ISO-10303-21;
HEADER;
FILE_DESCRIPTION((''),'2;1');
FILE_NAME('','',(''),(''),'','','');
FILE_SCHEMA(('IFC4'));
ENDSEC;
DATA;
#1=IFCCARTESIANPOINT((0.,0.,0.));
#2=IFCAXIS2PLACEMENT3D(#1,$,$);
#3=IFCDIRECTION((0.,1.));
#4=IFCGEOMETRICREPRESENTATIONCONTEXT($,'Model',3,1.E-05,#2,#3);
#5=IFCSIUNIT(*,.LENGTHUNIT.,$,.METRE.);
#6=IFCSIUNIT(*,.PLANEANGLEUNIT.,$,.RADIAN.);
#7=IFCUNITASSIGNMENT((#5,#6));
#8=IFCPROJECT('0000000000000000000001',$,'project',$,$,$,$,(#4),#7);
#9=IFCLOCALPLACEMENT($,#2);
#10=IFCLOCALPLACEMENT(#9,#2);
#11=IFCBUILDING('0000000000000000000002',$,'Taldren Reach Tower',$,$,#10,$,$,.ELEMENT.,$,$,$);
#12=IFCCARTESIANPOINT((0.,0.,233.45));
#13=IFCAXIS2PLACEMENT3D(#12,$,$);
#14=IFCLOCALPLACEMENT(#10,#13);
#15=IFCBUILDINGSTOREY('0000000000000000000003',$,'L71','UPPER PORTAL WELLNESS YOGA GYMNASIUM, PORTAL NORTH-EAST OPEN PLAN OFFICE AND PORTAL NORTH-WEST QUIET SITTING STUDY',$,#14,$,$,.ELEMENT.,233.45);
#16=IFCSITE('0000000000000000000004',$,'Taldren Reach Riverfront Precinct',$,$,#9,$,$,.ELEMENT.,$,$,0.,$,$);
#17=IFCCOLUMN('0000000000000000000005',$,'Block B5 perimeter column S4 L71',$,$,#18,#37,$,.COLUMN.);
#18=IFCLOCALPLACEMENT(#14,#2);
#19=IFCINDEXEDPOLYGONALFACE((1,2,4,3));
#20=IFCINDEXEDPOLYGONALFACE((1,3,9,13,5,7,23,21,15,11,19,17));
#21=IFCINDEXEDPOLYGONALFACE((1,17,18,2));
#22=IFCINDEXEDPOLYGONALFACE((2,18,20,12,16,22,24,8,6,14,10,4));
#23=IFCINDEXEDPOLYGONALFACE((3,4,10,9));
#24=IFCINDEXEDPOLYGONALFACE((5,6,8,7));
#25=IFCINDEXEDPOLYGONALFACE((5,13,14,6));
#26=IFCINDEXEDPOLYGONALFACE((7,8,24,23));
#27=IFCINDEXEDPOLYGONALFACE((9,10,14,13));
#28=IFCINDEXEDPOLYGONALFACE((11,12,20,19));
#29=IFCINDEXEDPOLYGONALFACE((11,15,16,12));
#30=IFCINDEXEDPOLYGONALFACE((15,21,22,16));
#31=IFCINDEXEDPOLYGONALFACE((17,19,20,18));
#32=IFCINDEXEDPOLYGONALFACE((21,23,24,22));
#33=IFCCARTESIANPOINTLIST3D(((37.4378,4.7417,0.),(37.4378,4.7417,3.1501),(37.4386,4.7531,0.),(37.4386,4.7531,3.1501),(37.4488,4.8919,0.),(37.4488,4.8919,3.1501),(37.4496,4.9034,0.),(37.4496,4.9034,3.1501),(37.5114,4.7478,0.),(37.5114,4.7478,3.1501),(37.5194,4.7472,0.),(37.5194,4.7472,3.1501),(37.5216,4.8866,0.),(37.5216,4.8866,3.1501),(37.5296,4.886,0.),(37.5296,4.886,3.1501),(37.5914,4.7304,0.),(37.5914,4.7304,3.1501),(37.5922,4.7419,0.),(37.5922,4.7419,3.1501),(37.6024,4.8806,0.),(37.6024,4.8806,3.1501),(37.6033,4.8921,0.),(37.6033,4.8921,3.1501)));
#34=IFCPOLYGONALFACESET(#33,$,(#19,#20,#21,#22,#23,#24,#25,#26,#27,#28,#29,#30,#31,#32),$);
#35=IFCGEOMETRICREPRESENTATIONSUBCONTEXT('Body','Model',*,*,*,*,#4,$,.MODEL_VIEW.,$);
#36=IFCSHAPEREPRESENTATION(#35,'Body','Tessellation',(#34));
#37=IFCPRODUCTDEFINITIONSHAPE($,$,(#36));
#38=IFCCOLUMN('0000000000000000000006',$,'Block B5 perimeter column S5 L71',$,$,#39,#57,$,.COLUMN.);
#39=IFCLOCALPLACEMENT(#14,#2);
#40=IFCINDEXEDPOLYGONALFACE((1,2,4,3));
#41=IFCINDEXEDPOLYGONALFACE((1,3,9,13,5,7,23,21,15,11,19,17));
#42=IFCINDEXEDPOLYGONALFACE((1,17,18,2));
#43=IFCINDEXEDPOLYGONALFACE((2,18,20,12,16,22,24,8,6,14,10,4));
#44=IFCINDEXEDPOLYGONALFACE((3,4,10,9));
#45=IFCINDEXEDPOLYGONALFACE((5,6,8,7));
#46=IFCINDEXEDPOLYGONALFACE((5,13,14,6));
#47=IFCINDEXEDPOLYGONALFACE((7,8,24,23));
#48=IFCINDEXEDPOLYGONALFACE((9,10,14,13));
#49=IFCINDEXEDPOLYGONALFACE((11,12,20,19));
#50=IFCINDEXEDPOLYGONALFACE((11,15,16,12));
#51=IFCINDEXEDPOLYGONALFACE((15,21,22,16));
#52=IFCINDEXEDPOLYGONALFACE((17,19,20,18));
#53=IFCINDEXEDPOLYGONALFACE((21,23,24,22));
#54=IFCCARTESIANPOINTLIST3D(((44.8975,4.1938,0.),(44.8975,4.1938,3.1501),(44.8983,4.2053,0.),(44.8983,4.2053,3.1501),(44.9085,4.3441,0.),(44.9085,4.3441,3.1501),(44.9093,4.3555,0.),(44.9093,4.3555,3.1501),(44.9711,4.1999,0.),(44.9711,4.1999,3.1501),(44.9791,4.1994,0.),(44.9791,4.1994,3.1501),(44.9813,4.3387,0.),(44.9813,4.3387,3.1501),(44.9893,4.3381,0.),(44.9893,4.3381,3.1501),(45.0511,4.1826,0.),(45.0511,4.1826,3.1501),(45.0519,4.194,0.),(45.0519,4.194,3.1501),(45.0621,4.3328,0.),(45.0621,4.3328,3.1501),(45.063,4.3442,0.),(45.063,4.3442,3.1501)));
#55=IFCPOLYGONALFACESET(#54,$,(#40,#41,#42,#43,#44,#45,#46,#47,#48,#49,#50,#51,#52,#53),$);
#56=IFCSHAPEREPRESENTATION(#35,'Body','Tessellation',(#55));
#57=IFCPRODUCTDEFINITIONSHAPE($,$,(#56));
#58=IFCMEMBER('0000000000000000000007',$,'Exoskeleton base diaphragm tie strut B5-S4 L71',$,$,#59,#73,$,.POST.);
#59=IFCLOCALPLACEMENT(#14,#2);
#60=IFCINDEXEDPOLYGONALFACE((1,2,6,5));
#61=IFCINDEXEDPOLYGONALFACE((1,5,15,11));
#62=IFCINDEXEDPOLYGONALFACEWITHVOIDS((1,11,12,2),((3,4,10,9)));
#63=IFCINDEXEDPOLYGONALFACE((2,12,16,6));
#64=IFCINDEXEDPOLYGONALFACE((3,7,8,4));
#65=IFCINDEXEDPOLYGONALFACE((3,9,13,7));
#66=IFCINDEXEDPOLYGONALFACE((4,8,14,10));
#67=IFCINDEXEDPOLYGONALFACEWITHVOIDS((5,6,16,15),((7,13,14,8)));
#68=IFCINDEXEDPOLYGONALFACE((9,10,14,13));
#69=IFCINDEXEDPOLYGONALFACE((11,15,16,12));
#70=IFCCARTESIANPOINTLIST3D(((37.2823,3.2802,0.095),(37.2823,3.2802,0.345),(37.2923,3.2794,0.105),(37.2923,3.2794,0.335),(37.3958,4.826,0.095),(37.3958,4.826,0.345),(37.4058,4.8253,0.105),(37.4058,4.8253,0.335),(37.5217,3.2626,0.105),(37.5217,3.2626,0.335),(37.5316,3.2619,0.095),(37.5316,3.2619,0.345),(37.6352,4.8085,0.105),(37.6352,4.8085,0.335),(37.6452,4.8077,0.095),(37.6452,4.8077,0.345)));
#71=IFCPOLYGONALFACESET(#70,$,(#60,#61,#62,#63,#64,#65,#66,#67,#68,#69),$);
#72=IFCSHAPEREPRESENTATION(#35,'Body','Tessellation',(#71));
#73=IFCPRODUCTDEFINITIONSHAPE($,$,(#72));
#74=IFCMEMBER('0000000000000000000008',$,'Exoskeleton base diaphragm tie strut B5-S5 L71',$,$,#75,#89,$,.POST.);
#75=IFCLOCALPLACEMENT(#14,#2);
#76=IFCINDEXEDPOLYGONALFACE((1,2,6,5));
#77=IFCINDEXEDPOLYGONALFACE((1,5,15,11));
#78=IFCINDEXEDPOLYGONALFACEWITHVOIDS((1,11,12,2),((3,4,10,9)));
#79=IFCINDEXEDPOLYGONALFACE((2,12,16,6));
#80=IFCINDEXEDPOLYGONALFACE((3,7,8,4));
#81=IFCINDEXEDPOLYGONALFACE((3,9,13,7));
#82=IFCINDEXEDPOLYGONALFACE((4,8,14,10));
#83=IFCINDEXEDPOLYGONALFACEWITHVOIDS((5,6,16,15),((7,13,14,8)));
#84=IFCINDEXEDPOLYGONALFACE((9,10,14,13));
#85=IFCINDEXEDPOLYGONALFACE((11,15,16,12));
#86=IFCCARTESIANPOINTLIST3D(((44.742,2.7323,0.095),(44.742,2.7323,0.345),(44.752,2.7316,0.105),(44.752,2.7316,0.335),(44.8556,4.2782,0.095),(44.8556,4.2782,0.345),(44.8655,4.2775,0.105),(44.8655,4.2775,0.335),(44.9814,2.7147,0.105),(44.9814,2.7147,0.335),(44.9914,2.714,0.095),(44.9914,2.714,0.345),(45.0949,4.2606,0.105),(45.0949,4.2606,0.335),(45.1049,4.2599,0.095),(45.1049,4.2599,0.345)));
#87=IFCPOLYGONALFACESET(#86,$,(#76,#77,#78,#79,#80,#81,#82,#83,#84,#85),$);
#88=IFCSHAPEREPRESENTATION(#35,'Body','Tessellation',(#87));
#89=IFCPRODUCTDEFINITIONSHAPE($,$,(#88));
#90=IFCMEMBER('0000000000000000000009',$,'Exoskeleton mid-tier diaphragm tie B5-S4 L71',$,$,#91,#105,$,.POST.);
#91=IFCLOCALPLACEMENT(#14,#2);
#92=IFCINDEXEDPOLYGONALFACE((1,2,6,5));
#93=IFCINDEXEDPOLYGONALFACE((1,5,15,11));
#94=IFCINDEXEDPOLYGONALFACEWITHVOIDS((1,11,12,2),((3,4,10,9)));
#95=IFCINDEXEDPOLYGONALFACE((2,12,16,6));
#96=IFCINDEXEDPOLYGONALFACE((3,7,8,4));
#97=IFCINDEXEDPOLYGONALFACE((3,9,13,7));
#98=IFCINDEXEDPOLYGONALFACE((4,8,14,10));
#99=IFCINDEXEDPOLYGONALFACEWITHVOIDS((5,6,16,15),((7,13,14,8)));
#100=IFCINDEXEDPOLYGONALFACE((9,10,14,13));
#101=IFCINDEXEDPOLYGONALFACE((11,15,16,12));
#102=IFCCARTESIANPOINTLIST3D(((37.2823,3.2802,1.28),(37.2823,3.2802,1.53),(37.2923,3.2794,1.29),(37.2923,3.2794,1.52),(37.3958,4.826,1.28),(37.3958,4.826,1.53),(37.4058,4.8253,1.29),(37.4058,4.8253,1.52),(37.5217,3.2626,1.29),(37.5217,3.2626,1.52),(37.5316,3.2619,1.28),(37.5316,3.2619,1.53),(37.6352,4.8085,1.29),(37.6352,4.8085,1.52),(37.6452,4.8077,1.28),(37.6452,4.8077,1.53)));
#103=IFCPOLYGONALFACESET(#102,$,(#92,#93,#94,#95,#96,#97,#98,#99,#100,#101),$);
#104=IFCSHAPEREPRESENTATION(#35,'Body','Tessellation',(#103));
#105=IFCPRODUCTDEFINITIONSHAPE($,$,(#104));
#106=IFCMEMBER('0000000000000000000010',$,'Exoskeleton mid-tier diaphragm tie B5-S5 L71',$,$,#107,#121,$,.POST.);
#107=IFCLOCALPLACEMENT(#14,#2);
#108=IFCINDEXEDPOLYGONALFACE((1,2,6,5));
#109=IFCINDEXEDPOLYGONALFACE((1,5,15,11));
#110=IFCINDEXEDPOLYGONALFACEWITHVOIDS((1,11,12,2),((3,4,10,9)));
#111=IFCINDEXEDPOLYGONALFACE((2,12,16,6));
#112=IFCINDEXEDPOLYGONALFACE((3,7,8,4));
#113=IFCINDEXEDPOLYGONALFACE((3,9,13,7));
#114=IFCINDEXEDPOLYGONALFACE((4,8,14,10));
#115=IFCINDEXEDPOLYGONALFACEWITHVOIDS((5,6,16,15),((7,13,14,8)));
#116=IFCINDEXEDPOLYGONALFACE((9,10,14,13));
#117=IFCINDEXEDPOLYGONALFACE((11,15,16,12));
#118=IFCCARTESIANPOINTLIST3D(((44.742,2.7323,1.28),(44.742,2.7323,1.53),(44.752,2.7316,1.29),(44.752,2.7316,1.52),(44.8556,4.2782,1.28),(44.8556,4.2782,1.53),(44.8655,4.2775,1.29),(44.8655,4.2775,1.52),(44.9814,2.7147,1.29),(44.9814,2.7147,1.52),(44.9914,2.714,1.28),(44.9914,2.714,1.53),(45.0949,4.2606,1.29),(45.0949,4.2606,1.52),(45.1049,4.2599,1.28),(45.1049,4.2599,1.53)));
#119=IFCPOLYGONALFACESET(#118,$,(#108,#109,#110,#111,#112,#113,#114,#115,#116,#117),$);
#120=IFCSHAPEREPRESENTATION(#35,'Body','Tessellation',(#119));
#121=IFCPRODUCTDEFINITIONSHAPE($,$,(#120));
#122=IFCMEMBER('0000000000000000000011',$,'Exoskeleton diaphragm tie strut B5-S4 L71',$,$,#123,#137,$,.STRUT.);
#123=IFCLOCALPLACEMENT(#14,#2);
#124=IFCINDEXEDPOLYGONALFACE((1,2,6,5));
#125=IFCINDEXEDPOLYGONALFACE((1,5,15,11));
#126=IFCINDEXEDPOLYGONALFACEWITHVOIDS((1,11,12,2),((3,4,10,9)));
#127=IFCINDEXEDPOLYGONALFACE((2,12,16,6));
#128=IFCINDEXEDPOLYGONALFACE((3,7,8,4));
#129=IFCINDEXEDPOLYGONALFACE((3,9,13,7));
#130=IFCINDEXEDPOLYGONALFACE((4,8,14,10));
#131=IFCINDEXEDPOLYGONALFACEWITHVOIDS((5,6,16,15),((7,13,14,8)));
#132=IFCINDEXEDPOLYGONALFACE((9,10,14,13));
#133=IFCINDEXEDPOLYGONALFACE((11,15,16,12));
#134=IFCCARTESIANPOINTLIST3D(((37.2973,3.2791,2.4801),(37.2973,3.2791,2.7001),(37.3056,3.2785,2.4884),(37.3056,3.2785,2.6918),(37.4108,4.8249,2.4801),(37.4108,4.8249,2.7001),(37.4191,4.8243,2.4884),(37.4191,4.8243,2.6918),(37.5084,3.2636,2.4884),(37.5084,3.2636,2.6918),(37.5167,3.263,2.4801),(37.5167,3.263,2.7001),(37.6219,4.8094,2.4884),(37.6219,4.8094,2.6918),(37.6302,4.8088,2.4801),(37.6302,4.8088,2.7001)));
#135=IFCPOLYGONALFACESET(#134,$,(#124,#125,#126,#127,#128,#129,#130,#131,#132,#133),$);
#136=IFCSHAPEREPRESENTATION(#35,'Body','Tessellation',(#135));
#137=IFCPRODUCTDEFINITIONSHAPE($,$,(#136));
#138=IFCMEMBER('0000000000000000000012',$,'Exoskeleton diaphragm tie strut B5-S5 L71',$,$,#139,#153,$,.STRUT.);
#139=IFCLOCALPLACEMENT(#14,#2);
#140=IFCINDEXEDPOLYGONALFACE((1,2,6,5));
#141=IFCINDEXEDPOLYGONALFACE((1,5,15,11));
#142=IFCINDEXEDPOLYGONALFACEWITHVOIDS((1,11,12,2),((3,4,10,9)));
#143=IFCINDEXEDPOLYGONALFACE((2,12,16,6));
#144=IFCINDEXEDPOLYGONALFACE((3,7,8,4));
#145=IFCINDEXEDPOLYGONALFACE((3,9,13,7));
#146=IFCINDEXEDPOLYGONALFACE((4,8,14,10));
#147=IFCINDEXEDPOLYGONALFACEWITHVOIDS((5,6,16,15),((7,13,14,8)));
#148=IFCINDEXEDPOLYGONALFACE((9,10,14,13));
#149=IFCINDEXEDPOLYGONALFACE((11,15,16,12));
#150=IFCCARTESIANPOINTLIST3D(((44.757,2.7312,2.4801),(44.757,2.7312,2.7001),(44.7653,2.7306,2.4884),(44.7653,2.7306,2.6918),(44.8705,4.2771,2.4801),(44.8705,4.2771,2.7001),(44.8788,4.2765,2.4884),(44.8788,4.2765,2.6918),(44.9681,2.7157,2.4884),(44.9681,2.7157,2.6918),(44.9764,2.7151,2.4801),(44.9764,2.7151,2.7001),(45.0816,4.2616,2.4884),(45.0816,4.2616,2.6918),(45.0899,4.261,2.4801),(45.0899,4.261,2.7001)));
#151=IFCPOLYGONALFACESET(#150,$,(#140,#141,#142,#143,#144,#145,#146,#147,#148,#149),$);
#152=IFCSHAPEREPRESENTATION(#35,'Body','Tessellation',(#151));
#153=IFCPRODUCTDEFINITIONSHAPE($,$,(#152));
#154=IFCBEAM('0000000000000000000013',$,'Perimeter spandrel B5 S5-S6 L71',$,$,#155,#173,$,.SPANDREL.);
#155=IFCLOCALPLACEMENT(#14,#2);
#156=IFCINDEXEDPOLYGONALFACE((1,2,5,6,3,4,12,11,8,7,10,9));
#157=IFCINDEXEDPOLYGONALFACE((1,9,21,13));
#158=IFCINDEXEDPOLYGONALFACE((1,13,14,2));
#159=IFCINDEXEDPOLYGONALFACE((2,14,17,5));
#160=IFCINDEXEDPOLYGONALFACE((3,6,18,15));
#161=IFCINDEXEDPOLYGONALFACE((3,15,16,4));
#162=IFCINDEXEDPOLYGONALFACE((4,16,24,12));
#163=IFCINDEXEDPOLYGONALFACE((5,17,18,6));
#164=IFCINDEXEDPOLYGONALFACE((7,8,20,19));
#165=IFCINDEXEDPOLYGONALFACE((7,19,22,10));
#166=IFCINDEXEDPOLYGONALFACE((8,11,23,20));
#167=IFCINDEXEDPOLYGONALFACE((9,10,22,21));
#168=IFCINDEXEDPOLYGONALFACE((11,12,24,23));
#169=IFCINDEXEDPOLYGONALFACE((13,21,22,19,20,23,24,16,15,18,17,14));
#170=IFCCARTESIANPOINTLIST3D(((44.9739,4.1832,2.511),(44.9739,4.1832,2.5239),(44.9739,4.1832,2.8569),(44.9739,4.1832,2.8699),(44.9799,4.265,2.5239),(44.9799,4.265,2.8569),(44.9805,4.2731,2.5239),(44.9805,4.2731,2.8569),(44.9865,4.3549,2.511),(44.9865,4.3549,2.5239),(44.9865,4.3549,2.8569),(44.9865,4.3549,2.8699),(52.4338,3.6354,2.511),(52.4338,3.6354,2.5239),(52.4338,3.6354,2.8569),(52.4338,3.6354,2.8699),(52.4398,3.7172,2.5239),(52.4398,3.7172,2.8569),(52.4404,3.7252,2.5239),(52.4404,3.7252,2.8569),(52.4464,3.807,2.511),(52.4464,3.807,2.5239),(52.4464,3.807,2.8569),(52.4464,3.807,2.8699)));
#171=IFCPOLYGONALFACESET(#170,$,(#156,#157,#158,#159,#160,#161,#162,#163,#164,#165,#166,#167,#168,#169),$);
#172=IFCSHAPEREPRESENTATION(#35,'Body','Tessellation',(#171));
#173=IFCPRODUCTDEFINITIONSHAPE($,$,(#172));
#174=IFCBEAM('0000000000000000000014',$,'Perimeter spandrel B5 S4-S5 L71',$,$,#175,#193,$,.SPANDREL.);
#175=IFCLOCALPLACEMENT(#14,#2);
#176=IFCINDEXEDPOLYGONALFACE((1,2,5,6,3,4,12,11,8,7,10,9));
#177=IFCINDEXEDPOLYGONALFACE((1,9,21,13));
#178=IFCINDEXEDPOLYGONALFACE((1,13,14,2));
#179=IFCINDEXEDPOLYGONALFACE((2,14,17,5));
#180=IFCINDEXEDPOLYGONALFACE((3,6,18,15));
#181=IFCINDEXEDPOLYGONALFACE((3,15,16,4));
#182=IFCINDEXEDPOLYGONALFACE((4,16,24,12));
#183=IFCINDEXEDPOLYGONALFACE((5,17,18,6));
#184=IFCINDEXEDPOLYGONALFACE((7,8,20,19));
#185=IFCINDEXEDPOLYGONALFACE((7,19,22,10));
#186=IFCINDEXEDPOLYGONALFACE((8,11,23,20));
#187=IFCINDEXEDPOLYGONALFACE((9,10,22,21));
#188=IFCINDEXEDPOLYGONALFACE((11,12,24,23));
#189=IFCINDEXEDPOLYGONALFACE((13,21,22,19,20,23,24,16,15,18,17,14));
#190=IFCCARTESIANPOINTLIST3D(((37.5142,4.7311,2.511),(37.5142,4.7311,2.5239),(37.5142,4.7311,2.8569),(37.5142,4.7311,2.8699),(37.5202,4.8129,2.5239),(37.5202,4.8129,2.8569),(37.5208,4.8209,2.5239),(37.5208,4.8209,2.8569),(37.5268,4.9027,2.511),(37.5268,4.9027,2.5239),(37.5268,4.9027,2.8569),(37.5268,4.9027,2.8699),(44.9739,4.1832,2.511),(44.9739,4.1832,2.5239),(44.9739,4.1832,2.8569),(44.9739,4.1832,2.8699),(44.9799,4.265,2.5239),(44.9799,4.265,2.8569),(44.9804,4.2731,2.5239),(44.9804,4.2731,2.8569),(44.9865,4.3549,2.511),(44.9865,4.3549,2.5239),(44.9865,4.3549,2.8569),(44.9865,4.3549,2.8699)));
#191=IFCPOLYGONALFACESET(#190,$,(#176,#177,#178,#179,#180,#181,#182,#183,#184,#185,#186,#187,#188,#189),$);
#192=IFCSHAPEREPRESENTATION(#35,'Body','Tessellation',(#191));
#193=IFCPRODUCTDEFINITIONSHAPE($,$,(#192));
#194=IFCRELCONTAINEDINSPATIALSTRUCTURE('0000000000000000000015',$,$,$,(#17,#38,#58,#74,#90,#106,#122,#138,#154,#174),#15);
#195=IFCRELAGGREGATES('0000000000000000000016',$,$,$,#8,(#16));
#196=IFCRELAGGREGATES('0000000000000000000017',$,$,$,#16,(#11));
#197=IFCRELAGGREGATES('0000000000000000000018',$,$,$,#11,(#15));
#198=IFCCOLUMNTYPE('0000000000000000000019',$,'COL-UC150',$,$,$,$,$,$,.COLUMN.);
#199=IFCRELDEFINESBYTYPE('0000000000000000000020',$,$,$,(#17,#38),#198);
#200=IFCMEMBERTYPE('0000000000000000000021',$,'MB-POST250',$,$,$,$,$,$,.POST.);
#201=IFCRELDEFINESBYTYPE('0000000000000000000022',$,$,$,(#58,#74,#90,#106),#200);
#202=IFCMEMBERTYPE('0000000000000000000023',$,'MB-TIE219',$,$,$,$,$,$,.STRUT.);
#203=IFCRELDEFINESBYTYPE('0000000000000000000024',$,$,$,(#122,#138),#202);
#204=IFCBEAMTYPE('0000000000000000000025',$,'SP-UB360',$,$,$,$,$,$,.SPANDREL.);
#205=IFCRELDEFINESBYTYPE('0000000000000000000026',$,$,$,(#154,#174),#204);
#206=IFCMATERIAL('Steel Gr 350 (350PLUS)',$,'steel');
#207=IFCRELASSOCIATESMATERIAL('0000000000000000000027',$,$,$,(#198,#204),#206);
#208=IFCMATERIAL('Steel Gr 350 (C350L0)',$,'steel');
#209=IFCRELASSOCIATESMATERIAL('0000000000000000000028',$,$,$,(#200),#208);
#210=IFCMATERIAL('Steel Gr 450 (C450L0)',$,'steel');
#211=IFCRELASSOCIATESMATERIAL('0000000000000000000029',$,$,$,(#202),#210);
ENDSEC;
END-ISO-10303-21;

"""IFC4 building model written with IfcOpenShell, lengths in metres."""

from ifc_helpers import new_model, si_unit, direction, frame, origin, origin_2d, place, context, subcontext, project, spatial, hollow_rectangle, i_section, extrude, source, transform, mapped, material, material_profile, profile_set, type_object, element, save


model = new_model("IFC4")

# Units and contexts
model_context = context("Model", 3, precision=1e-05, world=origin(), true_north=direction((0.0, 1.0)))
body_context = subcontext(model_context, "Body", "Model", "MODEL_VIEW")
ifc_project = project(units=[si_unit("LENGTHUNIT", "METRE"), si_unit("PLANEANGLEUNIT", "RADIAN")], contexts=[model_context])

# Site, building, storey
site_placement = place(None, origin())
site = spatial("IfcSite", under=ifc_project, at=site_placement, Name="Taldren Reach Riverfront Precinct", CompositionType="ELEMENT", RefElevation=0.0)
building_placement = place(site_placement, origin())
building = spatial("IfcBuilding", under=site, at=building_placement, Name="Taldren Reach Tower", CompositionType="ELEMENT")
storey_placement = place(building_placement, frame((0.0, 0.0, 233.45)))
storey = spatial("IfcBuildingStorey", under=building, at=storey_placement, Name="L71", Description="UPPER PORTAL WELLNESS YOGA GYMNASIUM, PORTAL NORTH-EAST OPEN PLAN OFFICE AND PORTAL NORTH-WEST QUIET SITTING STUDY", CompositionType="ELEMENT", Elevation=233.45)

# Columns
ifc_material_1 = material(Name="Steel Gr 350 (350PLUS)", Category="steel")
ifc_material_profile_1 = material_profile(ifc_material_1, i_section(OverallWidth=0.1541, OverallDepth=0.1621, WebThickness=0.0081, FlangeThickness=0.0115, at=origin_2d()), Name="150UC37.2")
ifc_profile_set_1 = profile_set([ifc_material_profile_1], Name="Steel Gr 350 (350PLUS)")
column_type = type_object("IfcColumnType", Name="COL-UC150", PredefinedType="COLUMN", material=ifc_profile_set_1)
shared_shape_1 = source(origin(), body_context, "Body", "SweptSolid", [
    extrude(i_section(OverallWidth=0.1541, OverallDepth=0.1621, WebThickness=0.0081, FlangeThickness=0.0115, at=origin_2d()), origin(), (0.0, 0.0, 1.0), 3.1501),
])
for number, where, z_axis, x_axis, name in (
    (1, (37.5205, 4.8169, 0.0), (0.0, 0.0, 1.0), (0.997314, -0.073238, 0.0), "Block B5 perimeter column S4 L71"),
    (2, (44.9802, 4.269, 0.0), (0.0, 0.0, 1.0), (0.997314, -0.073238, 0.0), "Block B5 perimeter column S5 L71"),
):
    element("IfcColumn", number, at=place(storey_placement, frame(where, z_axis=z_axis, x_axis=x_axis)), inside=storey, type_object=column_type, Name=name, PredefinedType="COLUMN", context=body_context, shape_type="MappedRepresentation", body=[
        mapped(shared_shape_1, transform((0.0, 0.0, 0.0), scale=1.0)),
    ])

# Members
ifc_material_2 = material(Name="Steel Gr 350 (C350L0)", Category="steel")
ifc_material_profile_2 = material_profile(ifc_material_2, hollow_rectangle(XDim=0.25, YDim=0.25, WallThickness=0.01, at=origin_2d()), Name="250x250x10.0SHS")
ifc_profile_set_2 = profile_set([ifc_material_profile_2], Name="Steel Gr 350 (C350L0)")
member_type_1 = type_object("IfcMemberType", Name="MB-POST250", PredefinedType="POST", material=ifc_profile_set_2)
shared_shape_2 = source(origin(), body_context, "Body", "SweptSolid", [
    extrude(hollow_rectangle(XDim=0.25, YDim=0.25, WallThickness=0.01, at=origin_2d()), origin(), (0.0, 0.0, 1.0), 1.55),
])
for number, where, z_axis, x_axis, name in (
    (3, (37.5205, 4.8169, 0.22), (-0.073239, -0.997314, 0.0), (0.997314, -0.073239, 0.0), "Exoskeleton base diaphragm tie strut B5-S4 L71"),
    (4, (44.9802, 4.269, 0.22), (-0.073239, -0.997314, 0.0), (0.997314, -0.073239, 0.0), "Exoskeleton base diaphragm tie strut B5-S5 L71"),
    (5, (37.5205, 4.8169, 1.405), (-0.073239, -0.997314, 0.0), (0.997314, -0.073239, 0.0), "Exoskeleton mid-tier diaphragm tie B5-S4 L71"),
    (6, (44.9802, 4.269, 1.405), (-0.073239, -0.997314, 0.0), (0.997314, -0.073239, 0.0), "Exoskeleton mid-tier diaphragm tie B5-S5 L71"),
):
    element("IfcMember", number, at=place(storey_placement, frame(where, z_axis=z_axis, x_axis=x_axis)), inside=storey, type_object=member_type_1, Name=name, PredefinedType="POST", context=body_context, shape_type="MappedRepresentation", body=[
        mapped(shared_shape_2, transform((0.0, 0.0, 0.0), scale=1.0)),
    ])
ifc_material_3 = material(Name="Steel Gr 450 (C450L0)", Category="steel")
ifc_material_profile_3 = material_profile(ifc_material_3, hollow_rectangle(XDim=0.22, YDim=0.22, WallThickness=0.0083, at=origin_2d()), Name="220x220x8.2SHS")
ifc_profile_set_3 = profile_set([ifc_material_profile_3], Name="Steel Gr 450 (C450L0)")
member_type_2 = type_object("IfcMemberType", Name="MB-TIE219", PredefinedType="STRUT", material=ifc_profile_set_3)
shared_shape_3 = source(origin(), body_context, "Body", "SweptSolid", [
    extrude(hollow_rectangle(XDim=0.22, YDim=0.22, WallThickness=0.0083, at=origin_2d()), origin(), (0.0, 0.0, 1.0), 1.55),
])
for number, where, z_axis, x_axis, name in (
    (7, (37.5205, 4.8169, 2.5901), (-0.073239, -0.997314, 0.0), (0.997314, -0.073239, 0.0), "Exoskeleton diaphragm tie strut B5-S4 L71"),
    (8, (44.9802, 4.269, 2.5901), (-0.073239, -0.997314, 0.0), (0.997314, -0.073239, 0.0), "Exoskeleton diaphragm tie strut B5-S5 L71"),
):
    element("IfcMember", number, at=place(storey_placement, frame(where, z_axis=z_axis, x_axis=x_axis)), inside=storey, type_object=member_type_2, Name=name, PredefinedType="STRUT", context=body_context, shape_type="MappedRepresentation", body=[
        mapped(shared_shape_3, transform((0.0, 0.0, 0.0), scale=1.0)),
    ])

# Beams
ifc_material_profile_4 = material_profile(ifc_material_1, i_section(OverallWidth=0.1721, OverallDepth=0.3589, WebThickness=0.0081, FlangeThickness=0.0129, at=origin_2d()), Name="360UB56.7")
ifc_profile_set_4 = profile_set([ifc_material_profile_4], Name="Steel Gr 350 (350PLUS)")
beam_type = type_object("IfcBeamType", Name="SP-UB360", PredefinedType="SPANDREL", material=ifc_profile_set_4)
shared_shape_4 = source(origin(), body_context, "Body", "SweptSolid", [
    extrude(i_section(OverallWidth=0.1721, OverallDepth=0.3589, WebThickness=0.0081, FlangeThickness=0.0129, at=origin_2d()), origin(), (0.0, 0.0, 1.0), 7.48),
])
beam_1_placement = place(storey_placement, frame((44.9802, 4.269, 2.6904), z_axis=(0.997314, -0.073242, 0.0), x_axis=(0.073242, 0.997314, 0.0)))
element("IfcBeam", 9, at=beam_1_placement, inside=storey, type_object=beam_type, Name="Perimeter spandrel B5 S5-S6 L71", PredefinedType="SPANDREL", context=body_context, shape_type="MappedRepresentation", body=[
    mapped(shared_shape_4, transform((0.0, 0.0, 0.0), scale=1.0)),
])
shared_shape_5 = source(origin(), body_context, "Body", "SweptSolid", [
    extrude(i_section(OverallWidth=0.1721, OverallDepth=0.3589, WebThickness=0.0081, FlangeThickness=0.0129, at=origin_2d()), origin(), (0.0, 0.0, 1.0), 7.4797),
])
beam_2_placement = place(storey_placement, frame((37.5205, 4.8169, 2.6904), z_axis=(0.997314, -0.073244, 0.0), x_axis=(0.073244, 0.997314, 0.0)))
element("IfcBeam", 10, at=beam_2_placement, inside=storey, type_object=beam_type, Name="Perimeter spandrel B5 S4-S5 L71", PredefinedType="SPANDREL", context=body_context, shape_type="MappedRepresentation", body=[
    mapped(shared_shape_5, transform((0.0, 0.0, 0.0), scale=1.0)),
])

save(model, "model.ifc")
